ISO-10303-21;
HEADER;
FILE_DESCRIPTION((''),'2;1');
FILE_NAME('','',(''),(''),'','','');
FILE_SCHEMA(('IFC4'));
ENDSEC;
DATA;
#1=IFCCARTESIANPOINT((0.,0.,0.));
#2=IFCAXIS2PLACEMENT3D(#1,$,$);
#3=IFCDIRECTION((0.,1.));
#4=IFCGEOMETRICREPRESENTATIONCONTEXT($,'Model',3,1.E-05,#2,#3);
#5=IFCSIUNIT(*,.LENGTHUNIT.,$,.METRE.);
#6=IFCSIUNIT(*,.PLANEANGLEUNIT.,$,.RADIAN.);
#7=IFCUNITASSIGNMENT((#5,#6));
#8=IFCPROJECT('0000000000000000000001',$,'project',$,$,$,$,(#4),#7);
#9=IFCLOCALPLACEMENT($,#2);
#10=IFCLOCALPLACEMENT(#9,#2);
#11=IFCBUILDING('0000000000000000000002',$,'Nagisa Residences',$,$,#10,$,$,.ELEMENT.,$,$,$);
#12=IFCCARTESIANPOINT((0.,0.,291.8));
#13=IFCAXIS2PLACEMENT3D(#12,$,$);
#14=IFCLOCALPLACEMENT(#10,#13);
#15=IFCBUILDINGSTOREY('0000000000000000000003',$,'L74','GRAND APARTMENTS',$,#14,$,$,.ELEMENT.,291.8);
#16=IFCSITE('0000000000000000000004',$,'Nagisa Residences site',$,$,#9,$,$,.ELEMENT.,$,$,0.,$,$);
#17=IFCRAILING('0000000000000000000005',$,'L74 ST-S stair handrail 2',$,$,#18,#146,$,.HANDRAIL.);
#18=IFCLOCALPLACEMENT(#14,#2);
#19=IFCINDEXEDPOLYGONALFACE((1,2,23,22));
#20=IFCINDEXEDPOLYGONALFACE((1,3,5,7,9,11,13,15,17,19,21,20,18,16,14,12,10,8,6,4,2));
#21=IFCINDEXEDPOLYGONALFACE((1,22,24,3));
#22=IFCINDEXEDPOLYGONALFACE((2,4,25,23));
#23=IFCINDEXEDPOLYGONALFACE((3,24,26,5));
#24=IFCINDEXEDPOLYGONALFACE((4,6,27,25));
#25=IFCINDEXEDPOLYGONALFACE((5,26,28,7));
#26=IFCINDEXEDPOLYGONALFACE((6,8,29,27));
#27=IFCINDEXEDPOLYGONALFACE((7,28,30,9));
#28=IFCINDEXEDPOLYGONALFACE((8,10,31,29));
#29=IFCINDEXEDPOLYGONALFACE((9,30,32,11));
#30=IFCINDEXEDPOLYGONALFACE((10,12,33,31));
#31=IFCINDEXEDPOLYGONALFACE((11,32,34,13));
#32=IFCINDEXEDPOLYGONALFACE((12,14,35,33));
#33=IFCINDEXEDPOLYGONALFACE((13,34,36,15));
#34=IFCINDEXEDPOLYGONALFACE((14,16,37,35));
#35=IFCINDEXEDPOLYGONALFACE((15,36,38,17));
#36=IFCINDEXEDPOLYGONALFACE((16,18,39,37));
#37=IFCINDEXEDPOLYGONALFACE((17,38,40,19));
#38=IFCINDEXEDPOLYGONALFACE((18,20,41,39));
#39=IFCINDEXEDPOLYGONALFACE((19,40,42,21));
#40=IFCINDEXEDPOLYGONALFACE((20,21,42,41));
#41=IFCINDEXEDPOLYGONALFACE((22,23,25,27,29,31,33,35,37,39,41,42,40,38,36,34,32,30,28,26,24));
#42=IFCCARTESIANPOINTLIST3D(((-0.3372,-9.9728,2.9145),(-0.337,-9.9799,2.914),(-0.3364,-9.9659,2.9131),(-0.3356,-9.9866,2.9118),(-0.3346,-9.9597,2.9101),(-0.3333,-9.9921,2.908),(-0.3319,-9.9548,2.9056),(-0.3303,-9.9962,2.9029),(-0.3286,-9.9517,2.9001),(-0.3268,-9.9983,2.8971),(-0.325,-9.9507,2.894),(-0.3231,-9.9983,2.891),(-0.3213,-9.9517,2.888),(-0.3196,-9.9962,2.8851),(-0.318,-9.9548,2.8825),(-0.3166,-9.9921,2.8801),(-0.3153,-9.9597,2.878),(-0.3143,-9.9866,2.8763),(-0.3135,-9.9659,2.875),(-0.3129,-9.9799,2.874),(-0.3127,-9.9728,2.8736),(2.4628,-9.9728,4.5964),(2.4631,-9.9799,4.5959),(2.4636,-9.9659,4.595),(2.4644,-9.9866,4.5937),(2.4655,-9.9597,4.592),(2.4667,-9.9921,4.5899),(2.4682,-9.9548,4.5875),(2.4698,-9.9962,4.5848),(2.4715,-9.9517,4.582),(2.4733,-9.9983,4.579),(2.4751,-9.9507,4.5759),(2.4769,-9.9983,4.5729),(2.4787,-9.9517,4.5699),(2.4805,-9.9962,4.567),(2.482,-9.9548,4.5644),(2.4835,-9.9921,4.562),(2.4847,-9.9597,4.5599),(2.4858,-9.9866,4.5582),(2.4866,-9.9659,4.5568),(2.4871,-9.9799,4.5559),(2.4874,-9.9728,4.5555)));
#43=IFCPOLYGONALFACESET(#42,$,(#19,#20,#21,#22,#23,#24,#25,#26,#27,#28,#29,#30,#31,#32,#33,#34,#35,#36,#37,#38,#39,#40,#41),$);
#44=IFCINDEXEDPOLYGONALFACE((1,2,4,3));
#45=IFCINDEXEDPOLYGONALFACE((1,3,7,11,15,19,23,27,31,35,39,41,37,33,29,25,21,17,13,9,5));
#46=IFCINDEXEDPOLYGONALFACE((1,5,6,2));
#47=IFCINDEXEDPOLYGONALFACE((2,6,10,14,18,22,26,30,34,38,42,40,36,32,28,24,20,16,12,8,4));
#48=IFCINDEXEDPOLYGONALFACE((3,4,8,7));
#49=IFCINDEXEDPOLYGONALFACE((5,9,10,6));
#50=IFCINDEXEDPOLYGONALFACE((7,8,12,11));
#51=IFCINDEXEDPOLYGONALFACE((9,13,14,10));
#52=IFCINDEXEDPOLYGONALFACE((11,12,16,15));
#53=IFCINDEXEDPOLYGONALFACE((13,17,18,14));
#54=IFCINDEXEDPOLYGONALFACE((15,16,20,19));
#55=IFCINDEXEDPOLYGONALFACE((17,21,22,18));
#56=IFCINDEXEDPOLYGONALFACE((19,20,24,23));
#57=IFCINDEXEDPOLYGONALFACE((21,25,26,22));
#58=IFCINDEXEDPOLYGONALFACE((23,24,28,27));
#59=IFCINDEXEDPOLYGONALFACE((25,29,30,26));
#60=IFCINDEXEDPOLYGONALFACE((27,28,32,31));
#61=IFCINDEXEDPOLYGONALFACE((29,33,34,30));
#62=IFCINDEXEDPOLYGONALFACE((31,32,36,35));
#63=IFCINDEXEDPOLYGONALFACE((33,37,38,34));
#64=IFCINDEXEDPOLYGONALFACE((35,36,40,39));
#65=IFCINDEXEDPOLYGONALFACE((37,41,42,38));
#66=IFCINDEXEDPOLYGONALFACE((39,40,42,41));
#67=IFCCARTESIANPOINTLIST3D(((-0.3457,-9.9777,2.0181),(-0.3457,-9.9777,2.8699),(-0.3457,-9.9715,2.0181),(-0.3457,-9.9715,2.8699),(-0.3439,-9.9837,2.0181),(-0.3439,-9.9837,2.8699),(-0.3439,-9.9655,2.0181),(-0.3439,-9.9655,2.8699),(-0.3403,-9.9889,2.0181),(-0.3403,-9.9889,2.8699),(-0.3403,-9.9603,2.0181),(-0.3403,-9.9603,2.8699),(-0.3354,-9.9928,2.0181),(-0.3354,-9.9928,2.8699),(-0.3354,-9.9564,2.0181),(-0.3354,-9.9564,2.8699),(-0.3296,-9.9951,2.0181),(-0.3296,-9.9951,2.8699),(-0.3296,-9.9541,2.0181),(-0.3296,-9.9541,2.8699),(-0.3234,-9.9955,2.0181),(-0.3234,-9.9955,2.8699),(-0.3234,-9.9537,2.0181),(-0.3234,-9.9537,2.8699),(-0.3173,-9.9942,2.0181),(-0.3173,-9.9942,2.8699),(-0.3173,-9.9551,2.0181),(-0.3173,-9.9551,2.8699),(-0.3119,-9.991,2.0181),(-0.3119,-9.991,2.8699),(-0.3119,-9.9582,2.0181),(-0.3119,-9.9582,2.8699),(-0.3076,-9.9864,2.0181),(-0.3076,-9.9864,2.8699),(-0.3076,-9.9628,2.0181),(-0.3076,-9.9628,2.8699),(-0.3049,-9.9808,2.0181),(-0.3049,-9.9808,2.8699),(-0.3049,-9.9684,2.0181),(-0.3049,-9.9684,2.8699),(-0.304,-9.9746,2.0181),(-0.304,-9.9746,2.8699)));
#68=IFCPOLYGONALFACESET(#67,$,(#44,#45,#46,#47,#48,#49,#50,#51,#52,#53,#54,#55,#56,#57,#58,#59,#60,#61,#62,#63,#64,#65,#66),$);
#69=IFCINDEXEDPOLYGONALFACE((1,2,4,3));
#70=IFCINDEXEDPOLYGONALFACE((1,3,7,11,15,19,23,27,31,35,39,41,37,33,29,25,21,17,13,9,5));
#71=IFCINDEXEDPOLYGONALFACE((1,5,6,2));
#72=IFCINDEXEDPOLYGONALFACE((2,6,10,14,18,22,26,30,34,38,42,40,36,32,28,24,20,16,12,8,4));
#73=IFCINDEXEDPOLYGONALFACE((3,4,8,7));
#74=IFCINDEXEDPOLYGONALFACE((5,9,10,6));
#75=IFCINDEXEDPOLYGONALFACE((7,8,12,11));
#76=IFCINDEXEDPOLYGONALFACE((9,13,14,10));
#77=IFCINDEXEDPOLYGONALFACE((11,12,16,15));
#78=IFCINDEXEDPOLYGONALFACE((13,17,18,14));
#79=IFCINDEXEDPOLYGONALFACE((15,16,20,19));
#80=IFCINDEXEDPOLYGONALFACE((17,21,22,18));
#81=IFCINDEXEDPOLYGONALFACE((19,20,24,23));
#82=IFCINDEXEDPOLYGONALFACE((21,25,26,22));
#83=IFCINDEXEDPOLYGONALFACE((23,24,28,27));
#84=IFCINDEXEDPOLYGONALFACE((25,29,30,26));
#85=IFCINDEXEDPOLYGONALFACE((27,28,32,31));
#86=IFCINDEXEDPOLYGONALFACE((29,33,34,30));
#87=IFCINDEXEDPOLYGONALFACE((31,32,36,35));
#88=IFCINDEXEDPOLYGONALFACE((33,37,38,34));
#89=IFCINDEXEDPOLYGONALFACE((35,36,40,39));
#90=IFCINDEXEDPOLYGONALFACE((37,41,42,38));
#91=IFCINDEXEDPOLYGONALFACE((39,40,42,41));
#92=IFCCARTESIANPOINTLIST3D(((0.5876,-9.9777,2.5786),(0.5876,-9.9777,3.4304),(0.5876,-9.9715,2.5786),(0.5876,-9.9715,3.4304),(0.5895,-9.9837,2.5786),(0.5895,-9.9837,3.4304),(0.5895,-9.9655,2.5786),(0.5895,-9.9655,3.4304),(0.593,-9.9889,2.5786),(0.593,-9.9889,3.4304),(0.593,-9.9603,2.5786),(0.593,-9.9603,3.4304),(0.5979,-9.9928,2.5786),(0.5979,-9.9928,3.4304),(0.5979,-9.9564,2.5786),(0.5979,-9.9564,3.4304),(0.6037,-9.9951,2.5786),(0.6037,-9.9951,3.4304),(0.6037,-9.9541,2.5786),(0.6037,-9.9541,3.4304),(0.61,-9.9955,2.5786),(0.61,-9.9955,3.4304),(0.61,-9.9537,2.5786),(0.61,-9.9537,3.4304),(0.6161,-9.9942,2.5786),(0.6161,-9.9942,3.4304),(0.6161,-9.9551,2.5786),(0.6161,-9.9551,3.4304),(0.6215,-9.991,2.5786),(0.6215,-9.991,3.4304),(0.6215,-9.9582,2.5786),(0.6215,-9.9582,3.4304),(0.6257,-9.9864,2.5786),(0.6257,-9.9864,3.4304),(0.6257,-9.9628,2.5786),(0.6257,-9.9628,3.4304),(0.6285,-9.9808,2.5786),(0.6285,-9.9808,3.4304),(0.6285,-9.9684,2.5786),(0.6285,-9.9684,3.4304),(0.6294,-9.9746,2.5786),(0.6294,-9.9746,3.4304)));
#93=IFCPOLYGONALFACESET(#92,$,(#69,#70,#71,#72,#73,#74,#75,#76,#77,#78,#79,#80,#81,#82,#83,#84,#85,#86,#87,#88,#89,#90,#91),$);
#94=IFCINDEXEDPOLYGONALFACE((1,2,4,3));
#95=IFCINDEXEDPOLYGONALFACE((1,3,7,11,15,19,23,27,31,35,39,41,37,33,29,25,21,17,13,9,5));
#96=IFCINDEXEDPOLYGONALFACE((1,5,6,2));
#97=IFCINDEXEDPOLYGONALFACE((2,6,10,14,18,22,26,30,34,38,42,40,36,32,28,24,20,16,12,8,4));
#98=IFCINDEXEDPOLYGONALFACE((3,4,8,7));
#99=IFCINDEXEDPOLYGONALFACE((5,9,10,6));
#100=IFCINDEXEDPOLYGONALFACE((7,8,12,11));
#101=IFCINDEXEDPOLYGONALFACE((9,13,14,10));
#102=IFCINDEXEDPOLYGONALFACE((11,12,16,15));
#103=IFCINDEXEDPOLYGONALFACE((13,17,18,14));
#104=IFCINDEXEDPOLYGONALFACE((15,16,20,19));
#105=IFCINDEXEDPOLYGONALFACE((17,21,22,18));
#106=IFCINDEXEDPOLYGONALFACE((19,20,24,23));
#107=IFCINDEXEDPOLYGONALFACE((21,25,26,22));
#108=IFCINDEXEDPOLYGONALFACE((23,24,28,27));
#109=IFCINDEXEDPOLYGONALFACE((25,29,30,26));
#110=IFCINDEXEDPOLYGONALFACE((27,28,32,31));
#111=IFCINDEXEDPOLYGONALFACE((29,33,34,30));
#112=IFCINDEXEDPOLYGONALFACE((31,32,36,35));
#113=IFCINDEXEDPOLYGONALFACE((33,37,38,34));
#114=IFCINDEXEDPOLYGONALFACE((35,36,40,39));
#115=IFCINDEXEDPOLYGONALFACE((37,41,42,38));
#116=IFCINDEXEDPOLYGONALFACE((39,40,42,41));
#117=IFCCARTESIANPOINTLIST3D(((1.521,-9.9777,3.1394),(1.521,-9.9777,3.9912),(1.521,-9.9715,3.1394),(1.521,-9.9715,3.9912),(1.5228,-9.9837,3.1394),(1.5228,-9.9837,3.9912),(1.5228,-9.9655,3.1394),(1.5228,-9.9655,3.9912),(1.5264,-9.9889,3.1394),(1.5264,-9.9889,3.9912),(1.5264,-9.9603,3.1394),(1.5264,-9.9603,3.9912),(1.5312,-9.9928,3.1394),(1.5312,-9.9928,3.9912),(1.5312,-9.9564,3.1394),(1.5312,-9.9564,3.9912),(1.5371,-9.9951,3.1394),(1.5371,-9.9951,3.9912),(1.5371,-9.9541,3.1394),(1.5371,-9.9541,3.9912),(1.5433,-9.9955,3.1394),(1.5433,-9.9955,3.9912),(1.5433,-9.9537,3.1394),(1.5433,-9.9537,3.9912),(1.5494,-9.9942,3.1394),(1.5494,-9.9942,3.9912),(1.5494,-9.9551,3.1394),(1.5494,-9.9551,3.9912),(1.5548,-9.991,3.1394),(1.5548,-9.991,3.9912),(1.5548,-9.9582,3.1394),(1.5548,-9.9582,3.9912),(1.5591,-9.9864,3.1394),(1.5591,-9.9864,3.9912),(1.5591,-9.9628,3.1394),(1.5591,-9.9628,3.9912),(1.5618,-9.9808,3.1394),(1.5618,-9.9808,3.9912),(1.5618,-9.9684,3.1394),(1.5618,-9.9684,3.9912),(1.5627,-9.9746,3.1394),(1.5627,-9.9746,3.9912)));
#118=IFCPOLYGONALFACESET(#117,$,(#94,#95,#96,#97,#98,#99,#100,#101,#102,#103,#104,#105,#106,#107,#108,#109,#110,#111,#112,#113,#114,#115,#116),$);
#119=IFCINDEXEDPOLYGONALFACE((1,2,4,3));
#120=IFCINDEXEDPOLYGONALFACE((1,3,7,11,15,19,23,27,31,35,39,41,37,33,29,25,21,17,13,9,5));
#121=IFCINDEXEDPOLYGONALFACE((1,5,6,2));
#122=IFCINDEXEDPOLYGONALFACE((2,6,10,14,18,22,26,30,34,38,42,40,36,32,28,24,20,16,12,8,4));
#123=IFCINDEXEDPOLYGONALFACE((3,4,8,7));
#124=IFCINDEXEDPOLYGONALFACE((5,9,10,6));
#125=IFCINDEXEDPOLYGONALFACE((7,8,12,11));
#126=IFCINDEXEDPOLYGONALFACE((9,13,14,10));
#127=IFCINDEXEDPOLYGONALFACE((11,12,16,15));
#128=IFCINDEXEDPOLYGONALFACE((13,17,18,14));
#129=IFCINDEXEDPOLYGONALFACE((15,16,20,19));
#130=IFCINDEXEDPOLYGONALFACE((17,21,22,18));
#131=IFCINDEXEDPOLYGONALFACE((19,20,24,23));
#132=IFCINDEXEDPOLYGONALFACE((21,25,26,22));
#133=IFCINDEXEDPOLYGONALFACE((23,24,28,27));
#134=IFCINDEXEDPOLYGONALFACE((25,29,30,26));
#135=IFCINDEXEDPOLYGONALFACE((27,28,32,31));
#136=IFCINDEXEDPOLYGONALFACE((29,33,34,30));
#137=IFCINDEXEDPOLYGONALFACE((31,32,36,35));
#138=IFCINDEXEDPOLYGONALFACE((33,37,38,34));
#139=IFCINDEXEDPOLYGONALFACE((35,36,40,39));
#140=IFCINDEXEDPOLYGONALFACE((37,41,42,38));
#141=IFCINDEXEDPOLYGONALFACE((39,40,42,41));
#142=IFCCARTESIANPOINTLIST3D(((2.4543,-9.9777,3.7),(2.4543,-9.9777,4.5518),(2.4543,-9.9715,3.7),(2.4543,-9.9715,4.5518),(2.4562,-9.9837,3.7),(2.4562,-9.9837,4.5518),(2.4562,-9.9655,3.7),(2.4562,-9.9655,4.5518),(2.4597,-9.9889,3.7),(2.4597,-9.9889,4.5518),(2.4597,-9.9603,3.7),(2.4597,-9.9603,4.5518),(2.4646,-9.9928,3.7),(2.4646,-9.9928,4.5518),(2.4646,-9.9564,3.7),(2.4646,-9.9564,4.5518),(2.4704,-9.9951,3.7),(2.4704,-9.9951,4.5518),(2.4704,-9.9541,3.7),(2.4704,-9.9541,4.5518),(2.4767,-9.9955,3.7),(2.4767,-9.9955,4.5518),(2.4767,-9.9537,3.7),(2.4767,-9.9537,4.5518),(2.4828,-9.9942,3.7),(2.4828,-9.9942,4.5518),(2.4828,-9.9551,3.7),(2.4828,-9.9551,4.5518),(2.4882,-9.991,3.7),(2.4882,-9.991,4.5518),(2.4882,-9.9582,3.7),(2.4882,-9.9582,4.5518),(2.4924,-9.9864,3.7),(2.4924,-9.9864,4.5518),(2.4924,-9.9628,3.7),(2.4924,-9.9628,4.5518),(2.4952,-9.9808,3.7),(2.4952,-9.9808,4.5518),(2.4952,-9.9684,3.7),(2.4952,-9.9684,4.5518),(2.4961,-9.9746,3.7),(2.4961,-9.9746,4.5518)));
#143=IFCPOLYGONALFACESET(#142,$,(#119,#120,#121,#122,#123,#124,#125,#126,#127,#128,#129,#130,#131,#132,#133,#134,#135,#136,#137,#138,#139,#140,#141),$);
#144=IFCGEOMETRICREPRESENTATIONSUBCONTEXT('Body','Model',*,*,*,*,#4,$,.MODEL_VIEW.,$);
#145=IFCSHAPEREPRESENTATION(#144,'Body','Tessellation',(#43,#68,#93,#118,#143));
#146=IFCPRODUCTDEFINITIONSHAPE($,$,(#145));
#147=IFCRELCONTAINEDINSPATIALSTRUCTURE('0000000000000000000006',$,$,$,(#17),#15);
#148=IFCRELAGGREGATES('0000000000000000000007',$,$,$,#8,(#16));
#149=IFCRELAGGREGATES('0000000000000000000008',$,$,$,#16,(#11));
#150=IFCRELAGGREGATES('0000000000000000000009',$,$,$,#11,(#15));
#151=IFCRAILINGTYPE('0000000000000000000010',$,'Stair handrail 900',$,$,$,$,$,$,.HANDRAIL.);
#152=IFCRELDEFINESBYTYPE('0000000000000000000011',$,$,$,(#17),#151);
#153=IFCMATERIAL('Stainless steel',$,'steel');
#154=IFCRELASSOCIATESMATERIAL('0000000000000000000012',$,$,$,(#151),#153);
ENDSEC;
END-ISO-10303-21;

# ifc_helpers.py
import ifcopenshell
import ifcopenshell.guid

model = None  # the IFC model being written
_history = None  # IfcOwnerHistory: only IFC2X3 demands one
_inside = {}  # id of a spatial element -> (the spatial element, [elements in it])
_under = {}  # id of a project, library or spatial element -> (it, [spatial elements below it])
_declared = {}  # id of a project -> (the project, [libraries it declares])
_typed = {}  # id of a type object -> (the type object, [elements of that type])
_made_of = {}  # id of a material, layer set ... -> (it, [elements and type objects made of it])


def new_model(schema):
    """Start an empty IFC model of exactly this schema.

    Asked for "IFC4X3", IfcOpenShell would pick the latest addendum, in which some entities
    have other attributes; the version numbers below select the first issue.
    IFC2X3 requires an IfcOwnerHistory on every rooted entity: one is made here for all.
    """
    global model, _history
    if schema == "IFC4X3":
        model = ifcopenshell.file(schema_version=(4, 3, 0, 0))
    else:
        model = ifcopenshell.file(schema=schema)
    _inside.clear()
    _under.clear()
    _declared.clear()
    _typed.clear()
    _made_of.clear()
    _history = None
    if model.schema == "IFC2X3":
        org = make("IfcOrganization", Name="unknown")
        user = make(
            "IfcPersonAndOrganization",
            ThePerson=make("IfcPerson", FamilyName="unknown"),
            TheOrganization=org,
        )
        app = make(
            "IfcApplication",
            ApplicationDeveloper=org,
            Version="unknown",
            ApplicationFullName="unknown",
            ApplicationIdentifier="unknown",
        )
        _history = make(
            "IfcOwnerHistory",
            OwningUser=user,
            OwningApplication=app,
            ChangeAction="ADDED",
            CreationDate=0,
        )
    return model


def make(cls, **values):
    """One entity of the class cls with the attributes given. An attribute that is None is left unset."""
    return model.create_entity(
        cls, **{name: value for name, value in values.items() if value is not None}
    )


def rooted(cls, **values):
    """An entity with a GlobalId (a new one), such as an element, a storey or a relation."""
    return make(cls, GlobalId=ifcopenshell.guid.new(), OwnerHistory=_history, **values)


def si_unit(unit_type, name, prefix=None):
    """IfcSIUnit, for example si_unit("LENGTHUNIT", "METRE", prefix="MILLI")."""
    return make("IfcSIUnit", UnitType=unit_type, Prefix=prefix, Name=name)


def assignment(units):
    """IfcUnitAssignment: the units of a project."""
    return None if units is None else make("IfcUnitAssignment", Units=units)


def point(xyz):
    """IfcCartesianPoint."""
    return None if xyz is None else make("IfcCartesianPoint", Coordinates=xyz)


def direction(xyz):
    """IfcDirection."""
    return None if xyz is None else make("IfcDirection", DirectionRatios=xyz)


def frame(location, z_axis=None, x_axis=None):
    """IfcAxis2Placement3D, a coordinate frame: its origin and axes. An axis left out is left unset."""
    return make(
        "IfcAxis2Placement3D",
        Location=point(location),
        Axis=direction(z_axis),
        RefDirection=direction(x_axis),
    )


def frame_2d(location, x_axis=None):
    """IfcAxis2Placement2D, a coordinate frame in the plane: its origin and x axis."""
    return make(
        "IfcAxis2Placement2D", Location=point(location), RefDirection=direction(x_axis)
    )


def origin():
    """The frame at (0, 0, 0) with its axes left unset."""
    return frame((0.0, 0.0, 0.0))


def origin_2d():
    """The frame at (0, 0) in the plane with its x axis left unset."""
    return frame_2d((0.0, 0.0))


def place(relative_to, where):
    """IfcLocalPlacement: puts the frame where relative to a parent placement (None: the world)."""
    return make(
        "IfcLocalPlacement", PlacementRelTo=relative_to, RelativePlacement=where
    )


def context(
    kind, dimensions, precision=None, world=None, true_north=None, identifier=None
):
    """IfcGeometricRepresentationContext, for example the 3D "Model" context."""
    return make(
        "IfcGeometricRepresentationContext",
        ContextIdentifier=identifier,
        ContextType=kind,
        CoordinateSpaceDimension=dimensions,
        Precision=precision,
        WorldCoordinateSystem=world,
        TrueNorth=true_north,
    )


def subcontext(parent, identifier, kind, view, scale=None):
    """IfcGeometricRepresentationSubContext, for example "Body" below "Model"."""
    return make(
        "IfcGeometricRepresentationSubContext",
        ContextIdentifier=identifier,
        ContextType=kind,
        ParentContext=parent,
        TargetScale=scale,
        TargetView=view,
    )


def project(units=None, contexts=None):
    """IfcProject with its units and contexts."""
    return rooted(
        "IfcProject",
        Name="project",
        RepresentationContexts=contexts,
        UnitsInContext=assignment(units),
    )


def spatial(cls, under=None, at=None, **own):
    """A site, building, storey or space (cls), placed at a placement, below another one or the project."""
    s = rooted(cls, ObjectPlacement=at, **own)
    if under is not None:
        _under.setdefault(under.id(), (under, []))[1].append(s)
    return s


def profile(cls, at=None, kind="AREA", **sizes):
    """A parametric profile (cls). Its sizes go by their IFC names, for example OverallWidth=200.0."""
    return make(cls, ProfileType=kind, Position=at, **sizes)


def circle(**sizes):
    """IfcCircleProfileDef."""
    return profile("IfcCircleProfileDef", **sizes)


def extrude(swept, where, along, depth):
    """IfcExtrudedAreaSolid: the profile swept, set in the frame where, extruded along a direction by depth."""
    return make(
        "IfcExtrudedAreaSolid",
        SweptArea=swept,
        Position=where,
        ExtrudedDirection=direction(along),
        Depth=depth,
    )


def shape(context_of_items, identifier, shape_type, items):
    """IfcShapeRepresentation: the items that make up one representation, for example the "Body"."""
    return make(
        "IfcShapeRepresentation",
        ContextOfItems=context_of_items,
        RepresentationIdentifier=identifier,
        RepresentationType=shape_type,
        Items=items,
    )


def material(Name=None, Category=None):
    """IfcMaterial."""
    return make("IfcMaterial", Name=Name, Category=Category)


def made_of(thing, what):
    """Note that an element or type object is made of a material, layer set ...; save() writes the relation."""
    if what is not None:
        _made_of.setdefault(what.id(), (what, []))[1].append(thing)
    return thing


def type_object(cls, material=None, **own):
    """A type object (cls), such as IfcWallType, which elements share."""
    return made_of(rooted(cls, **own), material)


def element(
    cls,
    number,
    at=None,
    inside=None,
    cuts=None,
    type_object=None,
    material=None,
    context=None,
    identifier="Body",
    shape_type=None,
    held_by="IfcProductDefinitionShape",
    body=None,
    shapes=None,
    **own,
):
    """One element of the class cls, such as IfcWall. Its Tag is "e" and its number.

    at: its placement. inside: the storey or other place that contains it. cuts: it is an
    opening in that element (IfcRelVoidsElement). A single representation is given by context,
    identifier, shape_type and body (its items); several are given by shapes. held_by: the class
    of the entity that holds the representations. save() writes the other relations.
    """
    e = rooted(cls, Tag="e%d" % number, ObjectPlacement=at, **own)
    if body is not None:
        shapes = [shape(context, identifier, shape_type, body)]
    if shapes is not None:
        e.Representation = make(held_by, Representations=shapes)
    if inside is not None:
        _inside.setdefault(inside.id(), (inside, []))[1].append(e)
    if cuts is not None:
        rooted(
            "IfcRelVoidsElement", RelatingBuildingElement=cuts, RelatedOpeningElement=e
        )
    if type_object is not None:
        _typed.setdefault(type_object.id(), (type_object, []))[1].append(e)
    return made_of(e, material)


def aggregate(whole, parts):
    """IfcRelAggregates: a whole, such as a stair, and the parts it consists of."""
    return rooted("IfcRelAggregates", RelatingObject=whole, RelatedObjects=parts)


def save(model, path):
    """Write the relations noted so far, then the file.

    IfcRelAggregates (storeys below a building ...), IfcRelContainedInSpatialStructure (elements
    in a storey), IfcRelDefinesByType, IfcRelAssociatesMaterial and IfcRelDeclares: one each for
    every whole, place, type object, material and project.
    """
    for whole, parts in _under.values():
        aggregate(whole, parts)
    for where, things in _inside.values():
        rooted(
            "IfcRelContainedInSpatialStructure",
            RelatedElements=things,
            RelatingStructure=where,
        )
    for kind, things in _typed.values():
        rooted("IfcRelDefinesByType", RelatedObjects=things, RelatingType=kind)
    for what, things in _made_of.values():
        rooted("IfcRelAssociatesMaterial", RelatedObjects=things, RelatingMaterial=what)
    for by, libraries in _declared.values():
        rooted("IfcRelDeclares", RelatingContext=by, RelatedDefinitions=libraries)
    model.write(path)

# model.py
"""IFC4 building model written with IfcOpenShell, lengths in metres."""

from ifc_helpers import new_model, si_unit, direction, frame, origin, origin_2d, place, context, subcontext, project, spatial, circle, extrude, material, type_object, element, save


model = new_model("IFC4")

# Units and contexts
model_context = context("Model", 3, precision=1e-05, world=origin(), true_north=direction((0.0, 1.0)))
body_context = subcontext(model_context, "Body", "Model", "MODEL_VIEW")
ifc_project = project(units=[si_unit("LENGTHUNIT", "METRE"), si_unit("PLANEANGLEUNIT", "RADIAN")], contexts=[model_context])

# Site, building, storey
site_placement = place(None, origin())
site = spatial("IfcSite", under=ifc_project, at=site_placement, Name="Nagisa Residences site", CompositionType="ELEMENT", RefElevation=0.0)
building_placement = place(site_placement, origin())
building = spatial("IfcBuilding", under=site, at=building_placement, Name="Nagisa Residences", CompositionType="ELEMENT")
storey_placement = place(building_placement, frame((0.0, 0.0, 291.8)))
storey = spatial("IfcBuildingStorey", under=building, at=storey_placement, Name="L74", Description="GRAND APARTMENTS", CompositionType="ELEMENT", Elevation=291.8)

# Railing
ifc_material_1 = material(Name="Stainless steel", Category="steel")
railing_type = type_object("IfcRailingType", Name="Stair handrail 900", PredefinedType="HANDRAIL", material=ifc_material_1)
railing_placement = place(storey_placement, frame((-0.325, -9.9746, 2.0181)))
element("IfcRailing", 1, at=railing_placement, inside=storey, type_object=railing_type, Name="L74 ST-S stair handrail 2", PredefinedType="HANDRAIL", context=body_context, shape_type="SweptSolid", body=[
    extrude(circle(Radius=0.0239, at=origin_2d()), frame((0.0, 0.0, 0.876), z_axis=(0.857242, 0.0, 0.514913), x_axis=(0.0, 1.0, 0.0)), (0.0, 0.0, 1.0), 3.2664),
    extrude(circle(Radius=0.021, at=origin_2d()), origin(), (0.0, 0.0, 1.0), 0.8518),
    extrude(circle(Radius=0.021, at=origin_2d()), frame((0.9333, 0.0, 0.5605)), (0.0, 0.0, 1.0), 0.8518),
    extrude(circle(Radius=0.021, at=origin_2d()), frame((1.8667, 0.0, 1.1213)), (0.0, 0.0, 1.0), 0.8518),
    extrude(circle(Radius=0.021, at=origin_2d()), frame((2.8, 0.0, 1.6819)), (0.0, 0.0, 1.0), 0.8518),
])

save(model, "model.ifc")
